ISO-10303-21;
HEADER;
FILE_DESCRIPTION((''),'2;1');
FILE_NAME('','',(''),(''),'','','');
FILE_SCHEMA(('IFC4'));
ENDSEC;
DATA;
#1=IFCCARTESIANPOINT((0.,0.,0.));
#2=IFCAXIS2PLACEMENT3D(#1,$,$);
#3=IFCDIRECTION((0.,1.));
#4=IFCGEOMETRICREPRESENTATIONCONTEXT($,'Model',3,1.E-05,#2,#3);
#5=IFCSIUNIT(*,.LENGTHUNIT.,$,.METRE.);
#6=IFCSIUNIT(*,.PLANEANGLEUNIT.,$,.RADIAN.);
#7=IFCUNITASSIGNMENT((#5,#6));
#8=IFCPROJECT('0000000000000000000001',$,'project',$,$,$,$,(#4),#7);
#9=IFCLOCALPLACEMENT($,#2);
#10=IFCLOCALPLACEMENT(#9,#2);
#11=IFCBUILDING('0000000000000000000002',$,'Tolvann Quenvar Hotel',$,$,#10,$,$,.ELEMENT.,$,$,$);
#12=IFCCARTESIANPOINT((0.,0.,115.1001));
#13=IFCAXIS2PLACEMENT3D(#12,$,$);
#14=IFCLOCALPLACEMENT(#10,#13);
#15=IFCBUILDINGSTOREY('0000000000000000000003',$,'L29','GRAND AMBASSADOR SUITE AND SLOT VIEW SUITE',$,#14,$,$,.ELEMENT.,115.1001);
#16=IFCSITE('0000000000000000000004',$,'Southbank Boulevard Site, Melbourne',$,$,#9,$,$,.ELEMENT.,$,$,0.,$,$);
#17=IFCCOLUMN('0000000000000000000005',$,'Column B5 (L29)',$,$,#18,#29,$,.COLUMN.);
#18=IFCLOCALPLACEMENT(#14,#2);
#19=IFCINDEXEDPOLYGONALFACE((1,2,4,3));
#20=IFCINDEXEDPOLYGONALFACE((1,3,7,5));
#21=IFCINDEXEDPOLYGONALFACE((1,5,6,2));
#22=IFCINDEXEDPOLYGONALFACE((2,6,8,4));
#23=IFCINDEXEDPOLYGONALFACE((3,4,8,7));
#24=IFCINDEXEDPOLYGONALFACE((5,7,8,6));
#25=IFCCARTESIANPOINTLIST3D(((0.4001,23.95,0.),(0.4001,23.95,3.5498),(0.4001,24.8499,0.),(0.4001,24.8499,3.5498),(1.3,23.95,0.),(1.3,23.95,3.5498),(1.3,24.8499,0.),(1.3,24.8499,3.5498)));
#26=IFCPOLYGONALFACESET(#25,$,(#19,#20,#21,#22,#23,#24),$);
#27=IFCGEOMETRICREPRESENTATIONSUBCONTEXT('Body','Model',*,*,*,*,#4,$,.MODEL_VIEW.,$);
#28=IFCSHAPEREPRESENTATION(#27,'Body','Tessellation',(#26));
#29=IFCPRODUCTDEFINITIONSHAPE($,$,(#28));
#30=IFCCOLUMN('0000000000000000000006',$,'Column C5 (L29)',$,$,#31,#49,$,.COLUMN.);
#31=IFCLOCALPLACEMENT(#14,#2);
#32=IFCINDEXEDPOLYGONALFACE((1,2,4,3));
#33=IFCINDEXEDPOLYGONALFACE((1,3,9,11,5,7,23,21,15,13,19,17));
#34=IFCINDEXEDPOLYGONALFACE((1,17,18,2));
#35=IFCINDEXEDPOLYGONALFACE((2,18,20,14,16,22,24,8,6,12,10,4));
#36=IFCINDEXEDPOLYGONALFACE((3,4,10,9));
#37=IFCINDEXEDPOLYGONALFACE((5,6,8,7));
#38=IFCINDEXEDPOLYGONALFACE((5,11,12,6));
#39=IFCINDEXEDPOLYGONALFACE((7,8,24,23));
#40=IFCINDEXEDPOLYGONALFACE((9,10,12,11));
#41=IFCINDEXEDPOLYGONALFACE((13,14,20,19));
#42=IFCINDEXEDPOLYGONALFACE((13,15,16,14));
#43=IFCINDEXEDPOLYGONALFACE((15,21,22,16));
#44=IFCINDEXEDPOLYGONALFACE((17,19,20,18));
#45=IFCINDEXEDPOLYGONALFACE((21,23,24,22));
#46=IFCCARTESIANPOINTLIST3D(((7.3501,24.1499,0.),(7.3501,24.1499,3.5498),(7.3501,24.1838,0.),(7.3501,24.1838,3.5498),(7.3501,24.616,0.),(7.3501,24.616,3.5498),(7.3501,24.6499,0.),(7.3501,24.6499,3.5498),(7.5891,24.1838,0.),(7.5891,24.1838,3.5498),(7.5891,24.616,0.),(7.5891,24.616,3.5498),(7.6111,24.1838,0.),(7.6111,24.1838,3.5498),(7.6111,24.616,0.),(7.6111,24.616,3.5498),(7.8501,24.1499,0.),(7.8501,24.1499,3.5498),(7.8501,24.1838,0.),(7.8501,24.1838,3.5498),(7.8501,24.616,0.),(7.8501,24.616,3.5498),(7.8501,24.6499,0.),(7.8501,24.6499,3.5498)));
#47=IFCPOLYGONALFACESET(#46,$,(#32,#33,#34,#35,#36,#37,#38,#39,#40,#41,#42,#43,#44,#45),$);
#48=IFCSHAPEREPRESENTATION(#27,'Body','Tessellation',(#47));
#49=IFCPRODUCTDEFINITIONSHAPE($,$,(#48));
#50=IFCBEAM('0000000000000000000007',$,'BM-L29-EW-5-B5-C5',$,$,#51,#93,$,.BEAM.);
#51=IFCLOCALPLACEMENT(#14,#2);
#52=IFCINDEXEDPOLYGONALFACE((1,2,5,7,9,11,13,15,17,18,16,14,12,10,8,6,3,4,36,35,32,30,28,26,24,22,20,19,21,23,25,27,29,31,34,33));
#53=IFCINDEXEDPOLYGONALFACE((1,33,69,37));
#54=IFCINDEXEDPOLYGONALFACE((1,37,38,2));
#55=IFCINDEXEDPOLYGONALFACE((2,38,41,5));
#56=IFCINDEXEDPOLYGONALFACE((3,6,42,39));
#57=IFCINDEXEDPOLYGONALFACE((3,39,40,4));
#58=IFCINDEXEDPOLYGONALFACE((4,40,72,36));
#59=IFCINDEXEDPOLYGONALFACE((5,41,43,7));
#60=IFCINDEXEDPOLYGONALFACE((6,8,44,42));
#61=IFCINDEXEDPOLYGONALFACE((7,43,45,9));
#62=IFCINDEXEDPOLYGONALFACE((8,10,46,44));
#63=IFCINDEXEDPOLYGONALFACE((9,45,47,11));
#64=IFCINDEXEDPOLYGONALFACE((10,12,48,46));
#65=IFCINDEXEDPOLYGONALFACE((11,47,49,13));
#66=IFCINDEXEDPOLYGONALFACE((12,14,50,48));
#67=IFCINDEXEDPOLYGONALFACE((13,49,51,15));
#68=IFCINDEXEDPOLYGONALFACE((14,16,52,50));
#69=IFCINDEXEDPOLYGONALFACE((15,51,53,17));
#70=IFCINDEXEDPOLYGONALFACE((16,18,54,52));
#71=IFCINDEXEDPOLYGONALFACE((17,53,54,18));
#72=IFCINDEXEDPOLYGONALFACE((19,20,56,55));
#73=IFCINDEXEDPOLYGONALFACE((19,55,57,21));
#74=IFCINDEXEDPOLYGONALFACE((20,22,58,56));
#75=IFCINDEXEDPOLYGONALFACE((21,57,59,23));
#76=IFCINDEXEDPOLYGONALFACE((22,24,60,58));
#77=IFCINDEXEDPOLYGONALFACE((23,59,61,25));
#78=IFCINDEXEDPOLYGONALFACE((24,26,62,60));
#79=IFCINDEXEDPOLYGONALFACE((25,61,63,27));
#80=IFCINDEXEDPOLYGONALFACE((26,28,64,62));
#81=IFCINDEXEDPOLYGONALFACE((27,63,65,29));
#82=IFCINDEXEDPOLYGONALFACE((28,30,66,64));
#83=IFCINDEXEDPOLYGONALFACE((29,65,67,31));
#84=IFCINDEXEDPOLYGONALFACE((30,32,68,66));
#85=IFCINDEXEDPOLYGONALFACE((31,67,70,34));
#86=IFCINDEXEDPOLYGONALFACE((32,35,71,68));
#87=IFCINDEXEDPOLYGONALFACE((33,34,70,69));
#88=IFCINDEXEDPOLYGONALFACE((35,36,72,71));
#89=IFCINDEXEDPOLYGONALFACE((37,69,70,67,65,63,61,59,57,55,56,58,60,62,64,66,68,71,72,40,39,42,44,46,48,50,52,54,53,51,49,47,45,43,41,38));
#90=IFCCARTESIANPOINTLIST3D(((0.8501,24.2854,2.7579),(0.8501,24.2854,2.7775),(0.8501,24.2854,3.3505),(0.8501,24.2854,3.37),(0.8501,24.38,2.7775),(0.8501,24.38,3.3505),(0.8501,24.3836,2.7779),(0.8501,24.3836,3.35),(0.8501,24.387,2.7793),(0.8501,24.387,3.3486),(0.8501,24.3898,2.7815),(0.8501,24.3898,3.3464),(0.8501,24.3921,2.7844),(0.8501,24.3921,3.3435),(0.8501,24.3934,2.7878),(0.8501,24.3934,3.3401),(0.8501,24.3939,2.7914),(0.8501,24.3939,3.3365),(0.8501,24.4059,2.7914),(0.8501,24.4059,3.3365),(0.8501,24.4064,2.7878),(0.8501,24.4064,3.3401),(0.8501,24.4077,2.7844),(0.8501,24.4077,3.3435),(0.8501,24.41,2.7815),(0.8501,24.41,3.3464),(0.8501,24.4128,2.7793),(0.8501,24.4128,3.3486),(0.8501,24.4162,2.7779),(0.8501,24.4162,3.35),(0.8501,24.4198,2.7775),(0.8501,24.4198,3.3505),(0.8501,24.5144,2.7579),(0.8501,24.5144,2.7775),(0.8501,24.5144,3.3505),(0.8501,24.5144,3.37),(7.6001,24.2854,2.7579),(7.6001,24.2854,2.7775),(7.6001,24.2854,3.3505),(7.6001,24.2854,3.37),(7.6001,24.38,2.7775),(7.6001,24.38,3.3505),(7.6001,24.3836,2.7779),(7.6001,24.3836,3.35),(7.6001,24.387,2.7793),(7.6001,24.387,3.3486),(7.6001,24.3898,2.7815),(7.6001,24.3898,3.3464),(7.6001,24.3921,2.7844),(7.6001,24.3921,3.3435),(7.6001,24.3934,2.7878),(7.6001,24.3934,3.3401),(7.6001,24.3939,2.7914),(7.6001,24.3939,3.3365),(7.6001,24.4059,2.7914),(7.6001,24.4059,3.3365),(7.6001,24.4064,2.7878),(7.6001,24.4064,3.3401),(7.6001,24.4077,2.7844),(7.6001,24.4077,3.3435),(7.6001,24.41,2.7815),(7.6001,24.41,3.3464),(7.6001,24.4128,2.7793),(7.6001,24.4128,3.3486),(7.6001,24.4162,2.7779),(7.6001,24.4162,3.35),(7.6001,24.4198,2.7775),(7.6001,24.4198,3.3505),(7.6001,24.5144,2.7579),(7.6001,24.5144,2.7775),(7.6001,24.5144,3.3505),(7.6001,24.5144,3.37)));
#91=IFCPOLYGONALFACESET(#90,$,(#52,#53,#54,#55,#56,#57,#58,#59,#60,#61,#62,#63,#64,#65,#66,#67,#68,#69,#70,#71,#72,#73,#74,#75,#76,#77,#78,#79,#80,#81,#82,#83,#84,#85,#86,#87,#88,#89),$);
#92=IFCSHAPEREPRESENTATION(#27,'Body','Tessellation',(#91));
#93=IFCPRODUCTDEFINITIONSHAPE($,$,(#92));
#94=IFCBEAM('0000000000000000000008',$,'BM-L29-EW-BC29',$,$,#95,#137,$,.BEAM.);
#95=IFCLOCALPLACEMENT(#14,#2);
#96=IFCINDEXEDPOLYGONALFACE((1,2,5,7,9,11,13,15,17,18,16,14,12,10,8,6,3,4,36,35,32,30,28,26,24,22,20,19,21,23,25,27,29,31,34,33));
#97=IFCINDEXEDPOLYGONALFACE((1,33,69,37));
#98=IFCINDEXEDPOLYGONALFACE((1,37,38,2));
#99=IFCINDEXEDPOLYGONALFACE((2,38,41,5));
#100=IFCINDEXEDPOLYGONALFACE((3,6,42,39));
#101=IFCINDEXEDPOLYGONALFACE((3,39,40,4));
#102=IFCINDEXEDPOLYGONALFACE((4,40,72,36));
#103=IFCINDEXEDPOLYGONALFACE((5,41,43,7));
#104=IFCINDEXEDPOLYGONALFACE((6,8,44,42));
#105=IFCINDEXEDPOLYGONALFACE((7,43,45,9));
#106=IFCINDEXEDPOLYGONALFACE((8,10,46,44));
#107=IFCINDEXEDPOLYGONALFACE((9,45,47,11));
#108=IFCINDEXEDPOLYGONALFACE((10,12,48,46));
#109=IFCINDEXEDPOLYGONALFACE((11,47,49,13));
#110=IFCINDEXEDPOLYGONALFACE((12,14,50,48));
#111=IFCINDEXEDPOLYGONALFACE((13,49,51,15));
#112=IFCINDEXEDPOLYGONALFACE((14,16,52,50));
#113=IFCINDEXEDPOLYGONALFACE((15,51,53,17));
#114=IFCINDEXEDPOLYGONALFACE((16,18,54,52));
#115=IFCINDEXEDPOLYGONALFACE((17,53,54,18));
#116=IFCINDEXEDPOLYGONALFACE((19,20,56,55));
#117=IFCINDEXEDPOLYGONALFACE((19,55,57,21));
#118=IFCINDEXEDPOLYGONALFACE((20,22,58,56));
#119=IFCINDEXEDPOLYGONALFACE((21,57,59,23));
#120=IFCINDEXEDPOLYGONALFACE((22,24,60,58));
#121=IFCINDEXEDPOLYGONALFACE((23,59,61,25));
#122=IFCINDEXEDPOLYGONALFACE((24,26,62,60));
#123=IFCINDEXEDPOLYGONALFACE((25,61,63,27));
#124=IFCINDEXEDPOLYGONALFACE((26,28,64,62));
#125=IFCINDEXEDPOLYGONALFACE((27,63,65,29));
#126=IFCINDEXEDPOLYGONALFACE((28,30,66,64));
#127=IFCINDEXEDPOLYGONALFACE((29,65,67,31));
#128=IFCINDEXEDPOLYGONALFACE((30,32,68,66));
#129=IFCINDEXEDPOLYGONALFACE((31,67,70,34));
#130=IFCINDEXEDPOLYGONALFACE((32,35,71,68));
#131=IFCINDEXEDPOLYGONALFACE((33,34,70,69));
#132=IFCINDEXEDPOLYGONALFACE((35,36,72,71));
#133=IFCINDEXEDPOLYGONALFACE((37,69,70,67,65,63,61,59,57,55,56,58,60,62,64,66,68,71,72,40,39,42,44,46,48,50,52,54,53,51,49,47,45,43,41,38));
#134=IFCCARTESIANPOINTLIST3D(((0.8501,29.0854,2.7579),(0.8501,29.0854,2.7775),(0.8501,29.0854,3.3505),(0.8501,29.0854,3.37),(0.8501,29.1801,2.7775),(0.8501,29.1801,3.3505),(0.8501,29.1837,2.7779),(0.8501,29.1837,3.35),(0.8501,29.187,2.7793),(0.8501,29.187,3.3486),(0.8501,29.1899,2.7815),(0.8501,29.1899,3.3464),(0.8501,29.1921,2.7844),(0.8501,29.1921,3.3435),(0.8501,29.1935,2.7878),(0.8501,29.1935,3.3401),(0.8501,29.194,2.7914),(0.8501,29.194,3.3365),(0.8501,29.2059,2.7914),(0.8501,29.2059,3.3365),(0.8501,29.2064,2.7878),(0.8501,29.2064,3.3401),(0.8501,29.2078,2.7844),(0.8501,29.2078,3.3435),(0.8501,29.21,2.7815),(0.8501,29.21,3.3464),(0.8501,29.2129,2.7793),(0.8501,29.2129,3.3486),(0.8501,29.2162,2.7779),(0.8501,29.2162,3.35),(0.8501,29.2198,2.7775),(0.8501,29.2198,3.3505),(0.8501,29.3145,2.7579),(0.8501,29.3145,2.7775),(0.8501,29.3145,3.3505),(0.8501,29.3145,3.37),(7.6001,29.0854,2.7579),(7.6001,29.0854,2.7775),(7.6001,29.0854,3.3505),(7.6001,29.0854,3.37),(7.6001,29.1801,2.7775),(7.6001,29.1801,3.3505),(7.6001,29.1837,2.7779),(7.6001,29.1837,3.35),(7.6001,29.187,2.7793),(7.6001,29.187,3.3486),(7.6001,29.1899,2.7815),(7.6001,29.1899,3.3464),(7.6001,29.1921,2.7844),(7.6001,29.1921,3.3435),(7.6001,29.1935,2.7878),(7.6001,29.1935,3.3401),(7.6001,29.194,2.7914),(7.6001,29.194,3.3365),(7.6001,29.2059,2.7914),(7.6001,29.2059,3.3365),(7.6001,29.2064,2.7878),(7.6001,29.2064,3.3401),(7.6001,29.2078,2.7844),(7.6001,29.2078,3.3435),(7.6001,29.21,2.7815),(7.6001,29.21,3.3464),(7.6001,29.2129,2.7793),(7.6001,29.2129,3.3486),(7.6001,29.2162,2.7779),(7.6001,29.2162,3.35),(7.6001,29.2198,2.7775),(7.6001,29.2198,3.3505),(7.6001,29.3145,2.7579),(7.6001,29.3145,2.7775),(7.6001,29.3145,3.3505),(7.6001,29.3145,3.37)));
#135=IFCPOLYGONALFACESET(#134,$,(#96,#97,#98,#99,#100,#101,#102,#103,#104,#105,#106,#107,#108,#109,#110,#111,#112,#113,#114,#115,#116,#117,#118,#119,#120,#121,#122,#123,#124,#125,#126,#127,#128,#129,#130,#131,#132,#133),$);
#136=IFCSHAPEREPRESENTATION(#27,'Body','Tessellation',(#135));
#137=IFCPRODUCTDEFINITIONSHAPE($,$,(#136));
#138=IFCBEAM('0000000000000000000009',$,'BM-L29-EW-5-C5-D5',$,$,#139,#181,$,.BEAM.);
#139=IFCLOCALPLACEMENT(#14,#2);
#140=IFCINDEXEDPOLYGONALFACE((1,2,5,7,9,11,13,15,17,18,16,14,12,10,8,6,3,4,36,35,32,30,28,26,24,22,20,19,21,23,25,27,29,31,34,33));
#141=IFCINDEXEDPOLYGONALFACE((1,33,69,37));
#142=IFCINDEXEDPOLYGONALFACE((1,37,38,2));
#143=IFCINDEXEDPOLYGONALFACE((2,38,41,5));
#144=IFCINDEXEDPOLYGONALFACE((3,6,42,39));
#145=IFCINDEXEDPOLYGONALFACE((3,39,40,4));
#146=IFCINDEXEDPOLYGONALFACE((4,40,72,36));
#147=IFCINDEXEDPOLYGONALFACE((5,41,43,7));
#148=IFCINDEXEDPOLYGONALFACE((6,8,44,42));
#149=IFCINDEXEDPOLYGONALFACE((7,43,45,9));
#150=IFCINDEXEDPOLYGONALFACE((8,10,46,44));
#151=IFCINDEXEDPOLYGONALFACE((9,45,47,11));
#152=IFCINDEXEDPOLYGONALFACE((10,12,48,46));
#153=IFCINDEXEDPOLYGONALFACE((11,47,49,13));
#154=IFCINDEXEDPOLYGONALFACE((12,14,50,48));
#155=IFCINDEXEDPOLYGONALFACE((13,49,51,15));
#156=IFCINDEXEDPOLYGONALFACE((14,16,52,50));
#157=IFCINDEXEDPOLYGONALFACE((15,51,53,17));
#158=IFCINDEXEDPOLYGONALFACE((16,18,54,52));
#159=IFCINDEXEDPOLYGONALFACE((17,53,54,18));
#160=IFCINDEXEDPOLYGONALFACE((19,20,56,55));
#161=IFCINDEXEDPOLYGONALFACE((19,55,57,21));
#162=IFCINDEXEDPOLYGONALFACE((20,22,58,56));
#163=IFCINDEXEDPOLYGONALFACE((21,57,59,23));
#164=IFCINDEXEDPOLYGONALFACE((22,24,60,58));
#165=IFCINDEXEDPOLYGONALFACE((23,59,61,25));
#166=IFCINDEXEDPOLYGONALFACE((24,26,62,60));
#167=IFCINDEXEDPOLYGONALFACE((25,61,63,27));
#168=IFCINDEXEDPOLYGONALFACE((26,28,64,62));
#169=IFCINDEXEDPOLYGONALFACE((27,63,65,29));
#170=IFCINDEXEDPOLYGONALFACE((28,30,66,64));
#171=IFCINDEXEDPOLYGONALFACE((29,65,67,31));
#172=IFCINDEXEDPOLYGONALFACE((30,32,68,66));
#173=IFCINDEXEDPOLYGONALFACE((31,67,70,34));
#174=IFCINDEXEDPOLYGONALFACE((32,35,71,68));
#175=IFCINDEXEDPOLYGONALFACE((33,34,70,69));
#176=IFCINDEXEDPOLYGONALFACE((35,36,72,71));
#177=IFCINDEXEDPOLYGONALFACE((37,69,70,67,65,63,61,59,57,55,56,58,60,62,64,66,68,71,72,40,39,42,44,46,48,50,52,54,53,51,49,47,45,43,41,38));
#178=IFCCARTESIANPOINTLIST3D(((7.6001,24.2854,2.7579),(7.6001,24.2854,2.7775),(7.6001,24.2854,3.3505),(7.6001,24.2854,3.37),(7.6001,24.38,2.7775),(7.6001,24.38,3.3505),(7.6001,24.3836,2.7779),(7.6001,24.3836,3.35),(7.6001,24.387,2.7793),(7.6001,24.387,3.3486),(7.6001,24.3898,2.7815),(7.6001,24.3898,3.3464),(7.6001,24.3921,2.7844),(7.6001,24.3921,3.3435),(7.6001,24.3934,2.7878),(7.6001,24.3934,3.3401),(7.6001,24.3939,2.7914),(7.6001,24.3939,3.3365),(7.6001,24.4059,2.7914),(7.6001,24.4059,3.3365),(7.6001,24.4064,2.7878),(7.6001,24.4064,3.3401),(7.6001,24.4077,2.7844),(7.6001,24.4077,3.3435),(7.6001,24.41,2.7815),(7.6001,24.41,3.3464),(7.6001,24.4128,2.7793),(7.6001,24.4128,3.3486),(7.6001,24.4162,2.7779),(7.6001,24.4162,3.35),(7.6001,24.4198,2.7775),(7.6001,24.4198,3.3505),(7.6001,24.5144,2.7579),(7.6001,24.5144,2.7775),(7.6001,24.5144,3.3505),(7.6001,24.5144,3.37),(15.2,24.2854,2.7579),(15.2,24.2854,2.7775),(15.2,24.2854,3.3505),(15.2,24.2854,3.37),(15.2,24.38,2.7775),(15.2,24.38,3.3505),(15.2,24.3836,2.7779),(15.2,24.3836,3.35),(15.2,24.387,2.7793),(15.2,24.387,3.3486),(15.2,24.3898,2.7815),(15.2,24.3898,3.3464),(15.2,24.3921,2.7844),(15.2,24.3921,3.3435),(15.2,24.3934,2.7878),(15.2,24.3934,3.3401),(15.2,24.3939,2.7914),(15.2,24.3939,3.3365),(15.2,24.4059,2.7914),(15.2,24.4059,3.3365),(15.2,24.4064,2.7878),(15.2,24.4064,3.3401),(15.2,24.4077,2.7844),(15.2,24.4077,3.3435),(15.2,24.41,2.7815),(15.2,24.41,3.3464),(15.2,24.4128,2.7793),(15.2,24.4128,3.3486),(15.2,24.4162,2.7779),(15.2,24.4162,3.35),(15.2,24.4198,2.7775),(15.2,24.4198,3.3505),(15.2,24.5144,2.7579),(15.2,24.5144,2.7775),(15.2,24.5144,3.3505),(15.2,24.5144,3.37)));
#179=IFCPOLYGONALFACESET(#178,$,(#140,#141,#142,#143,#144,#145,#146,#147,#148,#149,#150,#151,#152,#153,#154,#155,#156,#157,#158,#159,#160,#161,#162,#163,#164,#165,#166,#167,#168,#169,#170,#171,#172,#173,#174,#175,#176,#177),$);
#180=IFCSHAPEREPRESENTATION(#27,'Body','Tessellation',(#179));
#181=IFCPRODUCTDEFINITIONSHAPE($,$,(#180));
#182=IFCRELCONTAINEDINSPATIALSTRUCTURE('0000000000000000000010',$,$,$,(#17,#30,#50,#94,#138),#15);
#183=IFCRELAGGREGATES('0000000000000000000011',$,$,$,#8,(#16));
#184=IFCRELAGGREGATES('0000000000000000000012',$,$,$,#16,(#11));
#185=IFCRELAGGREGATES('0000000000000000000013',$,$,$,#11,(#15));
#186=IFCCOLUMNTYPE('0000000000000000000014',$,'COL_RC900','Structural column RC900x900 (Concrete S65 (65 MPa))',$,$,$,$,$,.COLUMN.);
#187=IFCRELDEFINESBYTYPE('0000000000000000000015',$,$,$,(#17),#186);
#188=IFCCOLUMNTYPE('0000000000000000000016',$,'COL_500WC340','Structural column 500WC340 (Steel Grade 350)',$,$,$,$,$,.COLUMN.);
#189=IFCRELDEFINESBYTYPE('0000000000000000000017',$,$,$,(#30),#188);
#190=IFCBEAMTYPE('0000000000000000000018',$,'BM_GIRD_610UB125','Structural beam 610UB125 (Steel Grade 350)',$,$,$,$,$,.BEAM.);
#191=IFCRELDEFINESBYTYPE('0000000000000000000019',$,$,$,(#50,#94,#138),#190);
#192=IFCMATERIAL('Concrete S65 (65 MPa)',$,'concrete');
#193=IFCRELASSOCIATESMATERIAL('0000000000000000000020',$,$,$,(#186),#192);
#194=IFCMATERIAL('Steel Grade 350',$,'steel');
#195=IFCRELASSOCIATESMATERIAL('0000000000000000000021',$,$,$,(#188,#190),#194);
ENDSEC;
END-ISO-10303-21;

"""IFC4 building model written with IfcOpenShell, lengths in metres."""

from ifc_helpers import new_model, si_unit, direction, frame, origin, origin_2d, place, context, subcontext, project, spatial, rectangle, i_section, extrude, source, transform, mapped, material, material_profile, profile_set, type_object, type_shapes, element, save


model = new_model("IFC4")

# Units and contexts
model_context = context("Model", 3, precision=1e-05, world=origin(), true_north=direction((0.0, 1.0)))
body_context = subcontext(model_context, "Body", "Model", "MODEL_VIEW")
ifc_project = project(units=[si_unit("LENGTHUNIT", "METRE"), si_unit("PLANEANGLEUNIT", "RADIAN")], contexts=[model_context])

# Site, building, storey
site_placement = place(None, origin())
site = spatial("IfcSite", under=ifc_project, at=site_placement, Name="Southbank Boulevard Site, Melbourne", CompositionType="ELEMENT", RefElevation=0.0)
building_placement = place(site_placement, origin())
building = spatial("IfcBuilding", under=site, at=building_placement, Name="Tolvann Quenvar Hotel", CompositionType="ELEMENT")
storey_placement = place(building_placement, frame((0.0, 0.0, 115.1001)))
storey = spatial("IfcBuildingStorey", under=building, at=storey_placement, Name="L29", Description="GRAND AMBASSADOR SUITE AND SLOT VIEW SUITE", CompositionType="ELEMENT", Elevation=115.1001)

# Columns
ifc_material_1 = material(Name="Concrete S65 (65 MPa)", Category="concrete")
ifc_material_profile_1 = material_profile(ifc_material_1, rectangle(XDim=0.8999, YDim=0.8999, at=origin_2d()), Name="RC900x900")
ifc_profile_set_1 = profile_set([ifc_material_profile_1], Name="Concrete S65 (65 MPa)")
column_type_1 = type_object("IfcColumnType", Name="COL_RC900", Description="Structural column RC900x900 (Concrete S65 (65 MPa))", PredefinedType="COLUMN", material=ifc_profile_set_1)
shared_shape_1 = source(origin(), body_context, "Body", "SweptSolid", [
    extrude(rectangle(XDim=0.8999, YDim=0.8999, at=origin_2d()), origin(), (0.0, 0.0, 1.0), 3.5498),
])
type_shapes(column_type_1, [shared_shape_1])
column_1_placement = place(storey_placement, frame((0.8501, 24.3999, 0.0), z_axis=(0.0, 0.0, 1.0), x_axis=(1.0, 0.0, 0.0)))
element("IfcColumn", 1, at=column_1_placement, inside=storey, type_object=column_type_1, Name="Column B5 (L29)", PredefinedType="COLUMN", context=body_context, shape_type="MappedRepresentation", body=[
    mapped(shared_shape_1, transform((0.0, 0.0, 0.0), x_axis=(1.0, 0.0, 0.0), y_axis=(0.0, 1.0, 0.0), z_axis=(0.0, 0.0, 1.0), scale=1.0)),
])
ifc_material_2 = material(Name="Steel Grade 350", Category="steel")
ifc_material_profile_2 = material_profile(ifc_material_2, i_section(OverallWidth=0.5, OverallDepth=0.5, WebThickness=0.022, FlangeThickness=0.0339, at=origin_2d()), Name="500WC340")
ifc_profile_set_2 = profile_set([ifc_material_profile_2], Name="Steel Grade 350")
column_type_2 = type_object("IfcColumnType", Name="COL_500WC340", Description="Structural column 500WC340 (Steel Grade 350)", PredefinedType="COLUMN", material=ifc_profile_set_2)
shared_shape_2 = source(origin(), body_context, "Body", "SweptSolid", [
    extrude(i_section(OverallWidth=0.5, OverallDepth=0.5, WebThickness=0.022, FlangeThickness=0.0339, at=origin_2d()), origin(), (0.0, 0.0, 1.0), 3.5498),
])
type_shapes(column_type_2, [shared_shape_2])
column_2_placement = place(storey_placement, frame((7.6001, 24.3999, 0.0), z_axis=(0.0, 0.0, 1.0), x_axis=(1.0, 0.0, 0.0)))
element("IfcColumn", 2, at=column_2_placement, inside=storey, type_object=column_type_2, Name="Column C5 (L29)", PredefinedType="COLUMN", context=body_context, shape_type="MappedRepresentation", body=[
    mapped(shared_shape_2, transform((0.0, 0.0, 0.0), x_axis=(1.0, 0.0, 0.0), y_axis=(0.0, 1.0, 0.0), z_axis=(0.0, 0.0, 1.0), scale=1.0)),
])

# Beams
ifc_material_profile_3 = material_profile(ifc_material_2, i_section(OverallWidth=0.229, OverallDepth=0.6121, WebThickness=0.012, FlangeThickness=0.0195, FilletRadius=0.0139, at=origin_2d()), Name="610UB125")
ifc_profile_set_3 = profile_set([ifc_material_profile_3], Name="Steel Grade 350")
beam_type_1 = type_object("IfcBeamType", Name="BM_GIRD_610UB125", Description="Structural beam 610UB125 (Steel Grade 350)", PredefinedType="BEAM", material=ifc_profile_set_3)
shared_shape_3 = source(origin(), body_context, "Body", "SweptSolid", [
    extrude(i_section(OverallWidth=0.229, OverallDepth=0.6121, WebThickness=0.012, FlangeThickness=0.0195, FilletRadius=0.0139, at=origin_2d()), origin(), (0.0, 0.0, 1.0), 6.75),
])
for number, where, z_axis, x_axis, name in (
    (3, (0.8501, 24.3999, 3.064), (1.0, 0.0, 0.0), (0.0, 1.0, 0.0), "BM-L29-EW-5-B5-C5"),
    (4, (0.8501, 29.2, 3.064), (1.0, 0.0, 0.0), (0.0, 1.0, 0.0), "BM-L29-EW-BC29"),
):
    element("IfcBeam", number, at=place(storey_placement, frame(where, z_axis=z_axis, x_axis=x_axis)), inside=storey, type_object=beam_type_1, Name=name, PredefinedType="BEAM", context=body_context, shape_type="MappedRepresentation", body=[
        mapped(shared_shape_3, transform((0.0, 0.0, 0.0), x_axis=(1.0, 0.0, 0.0), y_axis=(0.0, 1.0, 0.0), z_axis=(0.0, 0.0, 1.0), scale=1.0)),
    ])
shared_shape_4 = source(origin(), body_context, "Body", "SweptSolid", [
    extrude(i_section(OverallWidth=0.229, OverallDepth=0.6121, WebThickness=0.012, FlangeThickness=0.0195, FilletRadius=0.0139, at=origin_2d()), origin(), (0.0, 0.0, 1.0), 7.5999),
])
type_shapes(beam_type_1, [shared_shape_3, shared_shape_4])
beam_1_placement = place(storey_placement, frame((7.6001, 24.3999, 3.064), z_axis=(1.0, 0.0, 0.0), x_axis=(0.0, 1.0, 0.0)))
element("IfcBeam", 5, at=beam_1_placement, inside=storey, type_object=beam_type_1, Name="BM-L29-EW-5-C5-D5", PredefinedType="BEAM", context=body_context, shape_type="MappedRepresentation", body=[
    mapped(shared_shape_4, transform((0.0, 0.0, 0.0), x_axis=(1.0, 0.0, 0.0), y_axis=(0.0, 1.0, 0.0), z_axis=(0.0, 0.0, 1.0), scale=1.0)),
])

save(model, "model.ifc")
